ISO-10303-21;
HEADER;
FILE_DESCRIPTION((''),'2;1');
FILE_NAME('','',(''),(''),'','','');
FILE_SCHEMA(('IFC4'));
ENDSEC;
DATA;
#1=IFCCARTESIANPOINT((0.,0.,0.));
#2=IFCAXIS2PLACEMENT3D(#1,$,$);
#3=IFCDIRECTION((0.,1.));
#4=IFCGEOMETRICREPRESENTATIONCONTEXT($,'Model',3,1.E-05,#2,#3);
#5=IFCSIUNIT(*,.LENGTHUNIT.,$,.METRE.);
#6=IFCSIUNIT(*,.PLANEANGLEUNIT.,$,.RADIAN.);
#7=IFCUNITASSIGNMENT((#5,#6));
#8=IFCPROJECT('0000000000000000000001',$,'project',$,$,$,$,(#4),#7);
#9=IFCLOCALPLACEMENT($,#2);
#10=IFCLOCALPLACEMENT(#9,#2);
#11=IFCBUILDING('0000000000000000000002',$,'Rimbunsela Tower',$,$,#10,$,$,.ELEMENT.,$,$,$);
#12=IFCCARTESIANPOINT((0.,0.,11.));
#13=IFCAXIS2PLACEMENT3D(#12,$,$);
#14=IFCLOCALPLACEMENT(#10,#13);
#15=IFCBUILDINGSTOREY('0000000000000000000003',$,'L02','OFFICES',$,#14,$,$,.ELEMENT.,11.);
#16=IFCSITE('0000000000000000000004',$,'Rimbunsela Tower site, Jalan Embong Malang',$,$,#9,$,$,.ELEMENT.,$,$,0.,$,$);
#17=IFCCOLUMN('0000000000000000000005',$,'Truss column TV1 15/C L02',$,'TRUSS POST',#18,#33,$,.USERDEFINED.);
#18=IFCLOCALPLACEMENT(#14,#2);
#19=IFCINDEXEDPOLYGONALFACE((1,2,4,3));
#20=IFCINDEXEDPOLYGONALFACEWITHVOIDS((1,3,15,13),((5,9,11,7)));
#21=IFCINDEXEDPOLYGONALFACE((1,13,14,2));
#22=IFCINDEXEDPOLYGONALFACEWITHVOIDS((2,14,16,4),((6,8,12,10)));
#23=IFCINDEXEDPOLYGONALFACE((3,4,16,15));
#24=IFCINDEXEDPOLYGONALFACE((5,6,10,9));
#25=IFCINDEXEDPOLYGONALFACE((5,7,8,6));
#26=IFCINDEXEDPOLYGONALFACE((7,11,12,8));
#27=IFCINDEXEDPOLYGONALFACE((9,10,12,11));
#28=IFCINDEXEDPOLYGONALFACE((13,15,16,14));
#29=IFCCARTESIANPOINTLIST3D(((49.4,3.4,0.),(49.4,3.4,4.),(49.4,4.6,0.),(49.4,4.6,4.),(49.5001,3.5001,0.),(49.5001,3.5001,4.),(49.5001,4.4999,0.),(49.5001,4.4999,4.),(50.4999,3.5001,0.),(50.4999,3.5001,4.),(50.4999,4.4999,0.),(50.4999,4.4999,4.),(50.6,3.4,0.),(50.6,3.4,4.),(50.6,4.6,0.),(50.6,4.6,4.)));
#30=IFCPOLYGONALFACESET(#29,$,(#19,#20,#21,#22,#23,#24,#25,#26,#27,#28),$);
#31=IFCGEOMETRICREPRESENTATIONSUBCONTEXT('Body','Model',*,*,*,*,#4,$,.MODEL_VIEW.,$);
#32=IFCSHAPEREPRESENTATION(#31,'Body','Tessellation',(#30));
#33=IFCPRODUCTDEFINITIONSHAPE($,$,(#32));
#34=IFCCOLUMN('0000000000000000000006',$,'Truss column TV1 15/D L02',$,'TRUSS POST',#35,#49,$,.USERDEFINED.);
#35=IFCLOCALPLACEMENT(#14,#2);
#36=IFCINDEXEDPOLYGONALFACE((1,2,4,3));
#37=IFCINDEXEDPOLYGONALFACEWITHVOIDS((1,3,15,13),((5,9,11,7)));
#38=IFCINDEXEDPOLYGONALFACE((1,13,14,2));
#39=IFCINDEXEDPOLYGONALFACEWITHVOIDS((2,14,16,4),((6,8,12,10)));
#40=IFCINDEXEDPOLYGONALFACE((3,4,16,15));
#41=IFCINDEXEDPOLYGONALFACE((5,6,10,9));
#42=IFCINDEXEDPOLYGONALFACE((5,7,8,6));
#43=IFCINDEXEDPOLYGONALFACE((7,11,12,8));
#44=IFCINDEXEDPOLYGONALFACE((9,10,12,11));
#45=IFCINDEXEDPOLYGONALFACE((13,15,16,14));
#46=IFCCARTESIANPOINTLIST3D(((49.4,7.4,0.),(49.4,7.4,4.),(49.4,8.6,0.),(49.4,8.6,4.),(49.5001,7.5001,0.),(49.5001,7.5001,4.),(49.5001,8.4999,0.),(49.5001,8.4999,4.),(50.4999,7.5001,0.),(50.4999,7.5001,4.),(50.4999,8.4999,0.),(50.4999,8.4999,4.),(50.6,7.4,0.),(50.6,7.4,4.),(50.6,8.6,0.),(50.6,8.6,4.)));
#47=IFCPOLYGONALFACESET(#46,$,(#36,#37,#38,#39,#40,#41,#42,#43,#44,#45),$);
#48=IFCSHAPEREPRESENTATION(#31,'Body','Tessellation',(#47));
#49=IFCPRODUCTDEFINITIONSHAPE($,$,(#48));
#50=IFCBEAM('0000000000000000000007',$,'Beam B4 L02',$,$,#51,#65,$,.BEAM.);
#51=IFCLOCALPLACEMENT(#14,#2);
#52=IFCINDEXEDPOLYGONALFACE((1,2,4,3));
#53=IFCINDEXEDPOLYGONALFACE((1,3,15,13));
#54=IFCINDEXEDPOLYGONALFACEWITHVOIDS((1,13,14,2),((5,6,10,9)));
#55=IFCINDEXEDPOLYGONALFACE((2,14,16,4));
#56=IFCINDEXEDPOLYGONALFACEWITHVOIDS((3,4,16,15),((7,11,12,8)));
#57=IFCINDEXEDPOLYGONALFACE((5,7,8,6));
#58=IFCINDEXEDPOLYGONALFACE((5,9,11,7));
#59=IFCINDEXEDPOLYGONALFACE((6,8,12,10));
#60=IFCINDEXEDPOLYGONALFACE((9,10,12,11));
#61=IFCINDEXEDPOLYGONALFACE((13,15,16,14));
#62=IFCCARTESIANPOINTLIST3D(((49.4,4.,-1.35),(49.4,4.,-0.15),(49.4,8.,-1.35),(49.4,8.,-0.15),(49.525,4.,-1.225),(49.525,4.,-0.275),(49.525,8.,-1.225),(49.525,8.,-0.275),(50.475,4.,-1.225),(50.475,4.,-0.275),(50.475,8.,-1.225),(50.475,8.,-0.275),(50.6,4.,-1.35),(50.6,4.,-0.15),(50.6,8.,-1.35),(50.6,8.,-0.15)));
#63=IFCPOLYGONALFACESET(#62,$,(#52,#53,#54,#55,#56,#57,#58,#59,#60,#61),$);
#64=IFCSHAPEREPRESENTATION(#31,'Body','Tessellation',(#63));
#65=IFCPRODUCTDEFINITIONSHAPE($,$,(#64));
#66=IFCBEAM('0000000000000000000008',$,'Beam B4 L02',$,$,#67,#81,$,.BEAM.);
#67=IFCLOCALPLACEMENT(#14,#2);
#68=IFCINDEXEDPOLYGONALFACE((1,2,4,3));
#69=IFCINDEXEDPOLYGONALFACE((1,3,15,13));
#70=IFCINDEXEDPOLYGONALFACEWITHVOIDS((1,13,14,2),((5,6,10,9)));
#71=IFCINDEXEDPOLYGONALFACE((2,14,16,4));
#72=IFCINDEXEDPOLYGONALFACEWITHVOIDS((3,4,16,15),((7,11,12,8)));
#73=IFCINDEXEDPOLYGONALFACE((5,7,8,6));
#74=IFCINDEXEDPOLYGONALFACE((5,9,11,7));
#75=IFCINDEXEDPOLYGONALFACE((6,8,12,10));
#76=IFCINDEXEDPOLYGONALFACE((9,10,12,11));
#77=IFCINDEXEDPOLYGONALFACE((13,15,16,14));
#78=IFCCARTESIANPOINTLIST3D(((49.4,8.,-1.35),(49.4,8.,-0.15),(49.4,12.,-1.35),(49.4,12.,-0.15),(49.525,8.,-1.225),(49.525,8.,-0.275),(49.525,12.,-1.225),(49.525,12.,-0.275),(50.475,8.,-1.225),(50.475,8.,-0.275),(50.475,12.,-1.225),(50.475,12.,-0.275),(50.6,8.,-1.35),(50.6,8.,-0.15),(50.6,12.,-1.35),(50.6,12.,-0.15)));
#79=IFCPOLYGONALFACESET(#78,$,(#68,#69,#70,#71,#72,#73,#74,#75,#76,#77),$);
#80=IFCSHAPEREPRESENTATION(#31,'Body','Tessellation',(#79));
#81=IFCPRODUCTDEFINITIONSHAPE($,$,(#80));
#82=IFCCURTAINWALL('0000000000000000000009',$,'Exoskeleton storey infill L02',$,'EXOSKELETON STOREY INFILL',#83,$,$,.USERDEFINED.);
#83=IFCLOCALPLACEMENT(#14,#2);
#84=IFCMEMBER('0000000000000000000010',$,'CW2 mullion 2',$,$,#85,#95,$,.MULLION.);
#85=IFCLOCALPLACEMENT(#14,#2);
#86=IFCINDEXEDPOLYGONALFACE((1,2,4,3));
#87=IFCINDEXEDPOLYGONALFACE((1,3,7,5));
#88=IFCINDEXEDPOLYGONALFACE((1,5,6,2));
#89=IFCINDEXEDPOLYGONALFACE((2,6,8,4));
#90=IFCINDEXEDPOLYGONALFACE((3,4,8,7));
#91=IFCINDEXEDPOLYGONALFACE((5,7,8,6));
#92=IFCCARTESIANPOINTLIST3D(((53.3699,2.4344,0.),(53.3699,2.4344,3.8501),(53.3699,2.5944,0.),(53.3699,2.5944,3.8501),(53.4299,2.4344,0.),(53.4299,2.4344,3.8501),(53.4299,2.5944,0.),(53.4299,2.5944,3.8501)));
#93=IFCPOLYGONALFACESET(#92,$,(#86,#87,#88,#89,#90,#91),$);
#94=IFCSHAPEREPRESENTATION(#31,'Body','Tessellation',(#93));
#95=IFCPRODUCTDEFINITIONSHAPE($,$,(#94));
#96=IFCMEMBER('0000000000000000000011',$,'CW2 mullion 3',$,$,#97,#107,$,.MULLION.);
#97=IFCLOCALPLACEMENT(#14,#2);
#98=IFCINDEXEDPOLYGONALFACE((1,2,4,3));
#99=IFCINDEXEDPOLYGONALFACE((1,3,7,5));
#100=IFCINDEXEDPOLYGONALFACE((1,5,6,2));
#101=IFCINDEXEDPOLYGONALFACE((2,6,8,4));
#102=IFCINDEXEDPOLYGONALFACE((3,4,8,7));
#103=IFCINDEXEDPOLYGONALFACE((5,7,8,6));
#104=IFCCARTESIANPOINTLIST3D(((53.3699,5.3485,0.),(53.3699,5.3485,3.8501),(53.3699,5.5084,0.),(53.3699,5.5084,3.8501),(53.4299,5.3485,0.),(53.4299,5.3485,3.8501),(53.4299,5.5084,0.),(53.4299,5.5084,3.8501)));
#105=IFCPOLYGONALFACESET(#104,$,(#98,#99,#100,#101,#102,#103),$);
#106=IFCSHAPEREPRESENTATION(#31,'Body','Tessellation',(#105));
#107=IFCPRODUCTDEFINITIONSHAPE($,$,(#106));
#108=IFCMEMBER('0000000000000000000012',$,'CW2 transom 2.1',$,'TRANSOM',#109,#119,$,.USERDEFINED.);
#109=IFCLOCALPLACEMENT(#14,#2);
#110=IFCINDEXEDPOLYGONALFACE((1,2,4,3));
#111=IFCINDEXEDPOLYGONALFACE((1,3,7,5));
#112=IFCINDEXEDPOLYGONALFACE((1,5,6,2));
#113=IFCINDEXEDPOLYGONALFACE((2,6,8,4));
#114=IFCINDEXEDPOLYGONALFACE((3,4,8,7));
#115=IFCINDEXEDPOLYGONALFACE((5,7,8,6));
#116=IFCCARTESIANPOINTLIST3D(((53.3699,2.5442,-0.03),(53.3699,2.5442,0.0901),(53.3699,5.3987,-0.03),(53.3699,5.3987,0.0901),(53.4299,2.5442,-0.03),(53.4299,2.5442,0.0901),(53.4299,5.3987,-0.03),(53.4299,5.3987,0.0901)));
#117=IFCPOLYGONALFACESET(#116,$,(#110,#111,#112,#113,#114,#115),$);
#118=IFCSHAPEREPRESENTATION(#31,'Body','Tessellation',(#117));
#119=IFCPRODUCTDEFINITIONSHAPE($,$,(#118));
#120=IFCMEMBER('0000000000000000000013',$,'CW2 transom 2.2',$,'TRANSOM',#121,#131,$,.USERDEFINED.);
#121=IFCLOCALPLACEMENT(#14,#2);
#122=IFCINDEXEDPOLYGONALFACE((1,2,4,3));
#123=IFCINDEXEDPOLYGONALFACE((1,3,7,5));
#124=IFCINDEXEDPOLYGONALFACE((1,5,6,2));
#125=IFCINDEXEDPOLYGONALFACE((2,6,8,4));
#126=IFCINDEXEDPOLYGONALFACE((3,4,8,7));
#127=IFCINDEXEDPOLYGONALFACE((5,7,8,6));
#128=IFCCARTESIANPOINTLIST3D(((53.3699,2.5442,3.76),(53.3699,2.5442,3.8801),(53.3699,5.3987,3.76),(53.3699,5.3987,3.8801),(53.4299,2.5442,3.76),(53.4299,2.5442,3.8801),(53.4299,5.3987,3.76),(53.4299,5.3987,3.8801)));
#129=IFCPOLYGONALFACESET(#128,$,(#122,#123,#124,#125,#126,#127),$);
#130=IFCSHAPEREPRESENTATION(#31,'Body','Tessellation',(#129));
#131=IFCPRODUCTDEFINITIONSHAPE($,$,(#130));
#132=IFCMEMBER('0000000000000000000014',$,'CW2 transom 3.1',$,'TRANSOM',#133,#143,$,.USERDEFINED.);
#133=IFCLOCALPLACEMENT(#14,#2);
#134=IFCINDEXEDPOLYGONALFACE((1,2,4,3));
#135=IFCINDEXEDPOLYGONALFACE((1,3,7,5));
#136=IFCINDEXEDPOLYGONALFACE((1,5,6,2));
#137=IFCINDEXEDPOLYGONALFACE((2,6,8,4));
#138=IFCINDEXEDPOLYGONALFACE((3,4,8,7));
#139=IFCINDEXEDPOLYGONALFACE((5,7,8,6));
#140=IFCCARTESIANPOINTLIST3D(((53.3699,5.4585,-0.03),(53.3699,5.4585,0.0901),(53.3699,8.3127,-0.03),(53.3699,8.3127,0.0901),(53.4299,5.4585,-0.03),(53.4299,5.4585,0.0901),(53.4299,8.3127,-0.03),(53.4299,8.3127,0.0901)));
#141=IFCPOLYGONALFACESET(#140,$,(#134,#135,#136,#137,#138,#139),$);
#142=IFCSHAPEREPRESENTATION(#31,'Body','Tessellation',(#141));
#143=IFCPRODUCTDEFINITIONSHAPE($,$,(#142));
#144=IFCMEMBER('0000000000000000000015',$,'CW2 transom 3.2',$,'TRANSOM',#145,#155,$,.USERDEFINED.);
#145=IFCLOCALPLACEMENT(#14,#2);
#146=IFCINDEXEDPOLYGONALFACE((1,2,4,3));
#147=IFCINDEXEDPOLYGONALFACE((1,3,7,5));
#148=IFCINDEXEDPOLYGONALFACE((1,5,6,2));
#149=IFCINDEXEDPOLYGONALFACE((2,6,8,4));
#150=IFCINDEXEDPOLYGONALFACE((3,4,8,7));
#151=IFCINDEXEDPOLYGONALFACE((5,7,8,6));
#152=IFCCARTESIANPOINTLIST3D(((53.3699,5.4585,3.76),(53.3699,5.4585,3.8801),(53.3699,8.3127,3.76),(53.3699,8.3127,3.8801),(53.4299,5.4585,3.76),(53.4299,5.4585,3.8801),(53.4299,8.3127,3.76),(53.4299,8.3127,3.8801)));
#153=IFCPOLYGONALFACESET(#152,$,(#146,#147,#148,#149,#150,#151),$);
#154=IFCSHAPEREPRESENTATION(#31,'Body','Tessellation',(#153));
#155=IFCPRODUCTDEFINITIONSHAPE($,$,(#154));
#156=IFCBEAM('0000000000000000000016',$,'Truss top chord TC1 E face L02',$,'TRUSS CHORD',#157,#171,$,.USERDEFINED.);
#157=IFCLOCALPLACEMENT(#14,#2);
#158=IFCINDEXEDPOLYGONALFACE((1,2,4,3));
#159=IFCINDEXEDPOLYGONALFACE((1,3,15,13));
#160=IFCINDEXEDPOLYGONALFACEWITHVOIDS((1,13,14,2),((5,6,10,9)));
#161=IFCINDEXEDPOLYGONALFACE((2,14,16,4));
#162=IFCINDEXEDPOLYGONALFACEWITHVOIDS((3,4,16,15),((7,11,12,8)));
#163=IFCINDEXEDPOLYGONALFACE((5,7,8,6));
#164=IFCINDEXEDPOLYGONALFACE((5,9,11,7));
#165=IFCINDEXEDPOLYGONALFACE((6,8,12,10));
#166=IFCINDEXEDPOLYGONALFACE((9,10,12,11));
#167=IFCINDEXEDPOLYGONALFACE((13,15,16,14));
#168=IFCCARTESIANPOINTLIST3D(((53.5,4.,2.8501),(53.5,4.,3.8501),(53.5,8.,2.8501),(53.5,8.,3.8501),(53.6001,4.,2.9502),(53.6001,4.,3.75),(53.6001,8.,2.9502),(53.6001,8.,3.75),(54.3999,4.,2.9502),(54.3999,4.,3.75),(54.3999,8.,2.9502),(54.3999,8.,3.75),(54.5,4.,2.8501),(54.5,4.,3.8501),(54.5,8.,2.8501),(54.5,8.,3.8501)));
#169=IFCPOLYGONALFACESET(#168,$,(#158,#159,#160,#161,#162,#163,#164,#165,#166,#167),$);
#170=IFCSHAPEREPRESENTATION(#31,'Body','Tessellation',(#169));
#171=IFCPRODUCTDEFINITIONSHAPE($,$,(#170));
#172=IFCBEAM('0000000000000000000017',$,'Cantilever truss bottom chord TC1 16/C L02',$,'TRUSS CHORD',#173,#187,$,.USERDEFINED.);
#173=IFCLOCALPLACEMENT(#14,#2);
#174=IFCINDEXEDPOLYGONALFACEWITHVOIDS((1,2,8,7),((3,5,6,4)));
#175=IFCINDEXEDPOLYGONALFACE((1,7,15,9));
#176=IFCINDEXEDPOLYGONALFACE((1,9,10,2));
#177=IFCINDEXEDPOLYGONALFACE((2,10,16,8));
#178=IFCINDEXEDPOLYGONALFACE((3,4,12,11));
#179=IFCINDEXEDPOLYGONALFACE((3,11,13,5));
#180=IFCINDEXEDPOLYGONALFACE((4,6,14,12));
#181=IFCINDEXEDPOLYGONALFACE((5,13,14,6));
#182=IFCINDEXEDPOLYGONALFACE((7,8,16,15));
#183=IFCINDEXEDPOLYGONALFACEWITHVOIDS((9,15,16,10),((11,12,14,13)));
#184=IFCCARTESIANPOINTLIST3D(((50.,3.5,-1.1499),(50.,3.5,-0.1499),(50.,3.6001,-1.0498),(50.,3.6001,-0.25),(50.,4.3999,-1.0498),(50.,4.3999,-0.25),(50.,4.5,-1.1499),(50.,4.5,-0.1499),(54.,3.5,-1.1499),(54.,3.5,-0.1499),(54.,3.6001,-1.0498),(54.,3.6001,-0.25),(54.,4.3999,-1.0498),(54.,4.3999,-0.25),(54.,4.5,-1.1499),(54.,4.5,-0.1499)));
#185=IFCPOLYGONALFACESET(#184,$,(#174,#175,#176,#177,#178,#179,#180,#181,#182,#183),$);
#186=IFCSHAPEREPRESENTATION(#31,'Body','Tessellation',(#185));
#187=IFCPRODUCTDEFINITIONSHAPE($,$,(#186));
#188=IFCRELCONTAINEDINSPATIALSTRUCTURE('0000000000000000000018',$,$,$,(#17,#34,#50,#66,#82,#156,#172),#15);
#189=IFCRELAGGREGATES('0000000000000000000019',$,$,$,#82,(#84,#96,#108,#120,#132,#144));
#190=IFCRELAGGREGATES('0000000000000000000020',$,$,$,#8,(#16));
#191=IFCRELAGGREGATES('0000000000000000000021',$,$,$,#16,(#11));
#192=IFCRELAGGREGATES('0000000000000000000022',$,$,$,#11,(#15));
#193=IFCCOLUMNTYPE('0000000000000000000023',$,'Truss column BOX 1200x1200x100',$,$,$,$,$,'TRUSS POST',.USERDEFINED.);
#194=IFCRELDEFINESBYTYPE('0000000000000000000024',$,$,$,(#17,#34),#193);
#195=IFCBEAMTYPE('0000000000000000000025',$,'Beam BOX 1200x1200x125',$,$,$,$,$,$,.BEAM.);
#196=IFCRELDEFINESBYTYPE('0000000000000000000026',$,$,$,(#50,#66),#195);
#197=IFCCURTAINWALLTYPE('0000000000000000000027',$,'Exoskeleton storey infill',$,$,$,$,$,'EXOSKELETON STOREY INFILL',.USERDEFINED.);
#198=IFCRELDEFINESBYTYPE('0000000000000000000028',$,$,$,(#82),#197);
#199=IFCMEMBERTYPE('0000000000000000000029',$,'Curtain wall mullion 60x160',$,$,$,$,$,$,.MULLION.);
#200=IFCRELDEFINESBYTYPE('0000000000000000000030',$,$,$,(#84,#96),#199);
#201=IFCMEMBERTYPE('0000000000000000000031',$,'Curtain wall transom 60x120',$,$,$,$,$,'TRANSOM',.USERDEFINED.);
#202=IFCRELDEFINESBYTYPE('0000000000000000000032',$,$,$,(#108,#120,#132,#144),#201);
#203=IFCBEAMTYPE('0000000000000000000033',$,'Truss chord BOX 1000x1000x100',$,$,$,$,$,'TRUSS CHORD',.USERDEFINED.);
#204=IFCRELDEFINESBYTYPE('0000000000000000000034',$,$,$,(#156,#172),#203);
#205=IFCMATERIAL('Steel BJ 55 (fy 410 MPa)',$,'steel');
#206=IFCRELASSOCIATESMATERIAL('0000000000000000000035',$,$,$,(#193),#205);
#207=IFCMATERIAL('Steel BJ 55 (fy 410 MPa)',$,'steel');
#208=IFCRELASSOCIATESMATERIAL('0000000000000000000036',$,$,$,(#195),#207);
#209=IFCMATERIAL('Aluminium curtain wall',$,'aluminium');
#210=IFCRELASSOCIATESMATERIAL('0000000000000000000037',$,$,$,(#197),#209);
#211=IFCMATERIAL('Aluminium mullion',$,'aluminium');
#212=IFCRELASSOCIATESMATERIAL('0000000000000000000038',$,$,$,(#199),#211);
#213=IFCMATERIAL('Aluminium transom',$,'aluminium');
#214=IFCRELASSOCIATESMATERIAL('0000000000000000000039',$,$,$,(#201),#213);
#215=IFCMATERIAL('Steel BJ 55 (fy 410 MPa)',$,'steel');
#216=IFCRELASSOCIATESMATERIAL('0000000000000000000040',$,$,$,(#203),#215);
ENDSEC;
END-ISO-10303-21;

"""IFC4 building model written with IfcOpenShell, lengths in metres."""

from ifc_helpers import new_model, si_unit, direction, frame, origin, origin_2d, place, context, subcontext, project, spatial, rectangle, hollow_rectangle, extrude, material, material_profile, profile_set, type_object, element, aggregate, save


model = new_model("IFC4")

# Units and contexts
model_context = context("Model", 3, precision=1e-05, world=origin(), true_north=direction((0.0, 1.0)))
body_context = subcontext(model_context, "Body", "Model", "MODEL_VIEW")
ifc_project = project(units=[si_unit("LENGTHUNIT", "METRE"), si_unit("PLANEANGLEUNIT", "RADIAN")], contexts=[model_context])

# Site, building, storey
site_placement = place(None, origin())
site = spatial("IfcSite", under=ifc_project, at=site_placement, Name="Rimbunsela Tower site, Jalan Embong Malang", CompositionType="ELEMENT", RefElevation=0.0)
building_placement = place(site_placement, origin())
building = spatial("IfcBuilding", under=site, at=building_placement, Name="Rimbunsela Tower", CompositionType="ELEMENT")
storey_placement = place(building_placement, frame((0.0, 0.0, 11.0)))
storey = spatial("IfcBuildingStorey", under=building, at=storey_placement, Name="L02", Description="OFFICES", CompositionType="ELEMENT", Elevation=11.0)

# Columns
ifc_material_1 = material(Name="Steel BJ 55 (fy 410 MPa)", Category="steel")
ifc_material_profile_1 = material_profile(ifc_material_1, hollow_rectangle(XDim=1.2, YDim=1.2, WallThickness=0.1001, at=origin_2d()), Name="BOX 1200x1200x100")
ifc_profile_set_1 = profile_set([ifc_material_profile_1], Name="Steel BJ 55 (fy 410 MPa)")
column_type = type_object("IfcColumnType", Name="Truss column BOX 1200x1200x100", ElementType="TRUSS POST", PredefinedType="USERDEFINED", material=ifc_profile_set_1)
for number, where, z_axis, x_axis, name in (
    (1, (50.0, 4.0, 0.0), (0.0, 0.0, 1.0), (1.0, 0.0, 0.0), "Truss column TV1 15/C L02"),
    (2, (50.0, 8.0, 0.0), (0.0, 0.0, 1.0), (1.0, 0.0, 0.0), "Truss column TV1 15/D L02"),
):
    element("IfcColumn", number, at=place(storey_placement, frame(where, z_axis=z_axis, x_axis=x_axis)), inside=storey, type_object=column_type, Name=name, ObjectType="TRUSS POST", PredefinedType="USERDEFINED", context=body_context, shape_type="SweptSolid", body=[
        extrude(hollow_rectangle(XDim=1.2, YDim=1.2, WallThickness=0.1001, at=origin_2d()), origin(), (0.0, 0.0, 1.0), 4.0),
    ])

# Beams
ifc_material_2 = material(Name="Steel BJ 55 (fy 410 MPa)", Category="steel")
ifc_material_profile_2 = material_profile(ifc_material_2, hollow_rectangle(XDim=1.2, YDim=1.2, WallThickness=0.125, at=origin_2d()), Name="BOX 1200x1200x125")
ifc_profile_set_2 = profile_set([ifc_material_profile_2], Name="Steel BJ 55 (fy 410 MPa)")
beam_type_1 = type_object("IfcBeamType", Name="Beam BOX 1200x1200x125", PredefinedType="BEAM", material=ifc_profile_set_2)
for number, where, z_axis, x_axis, name in (
    (3, (50.0, 4.0, -0.75), (0.0, 1.0, 0.0), (-1.0, 0.0, 0.0), "Beam B4 L02"),
    (4, (50.0, 8.0, -0.75), (0.0, 1.0, 0.0), (-1.0, 0.0, 0.0), "Beam B4 L02"),
):
    element("IfcBeam", number, at=place(storey_placement, frame(where, z_axis=z_axis, x_axis=x_axis)), inside=storey, type_object=beam_type_1, Name=name, PredefinedType="BEAM", context=body_context, shape_type="SweptSolid", body=[
        extrude(hollow_rectangle(XDim=1.2, YDim=1.2, WallThickness=0.125, at=origin_2d()), origin(), (0.0, 0.0, 1.0), 4.0),
    ])

# Curtain wall, members
ifc_material_3 = material(Name="Aluminium curtain wall", Category="aluminium")
curtain_wall_type = type_object("IfcCurtainWallType", Name="Exoskeleton storey infill", ElementType="EXOSKELETON STOREY INFILL", PredefinedType="USERDEFINED", material=ifc_material_3)
curtain_wall_placement = place(storey_placement, origin())
curtain_wall = element("IfcCurtainWall", 5, at=curtain_wall_placement, inside=storey, type_object=curtain_wall_type, Name="Exoskeleton storey infill L02", ObjectType="EXOSKELETON STOREY INFILL", PredefinedType="USERDEFINED")
ifc_material_4 = material(Name="Aluminium mullion", Category="aluminium")
ifc_material_profile_3 = material_profile(ifc_material_4, rectangle(XDim=0.0601, YDim=0.1599, at=origin_2d()), Name="Mullion 60x160")
ifc_profile_set_3 = profile_set([ifc_material_profile_3], Name="Aluminium mullion")
member_type_1 = type_object("IfcMemberType", Name="Curtain wall mullion 60x160", PredefinedType="MULLION", material=ifc_profile_set_3)
member_1_placement = place(storey_placement, frame((53.3999, 2.5144, 0.0), z_axis=(0.0, 0.0, 1.0), x_axis=(-1.0, 0.0, 0.0)))
member_1 = element("IfcMember", 6, at=member_1_placement, type_object=member_type_1, Name="CW2 mullion 2", PredefinedType="MULLION", context=body_context, shape_type="SweptSolid", body=[
    extrude(rectangle(XDim=0.0601, YDim=0.1599, at=origin_2d()), origin(), (0.0, 0.0, 1.0), 3.8501),
])
member_2_placement = place(storey_placement, frame((53.3999, 5.4285, 0.0), z_axis=(0.0, 0.0, 1.0), x_axis=(-1.0, 0.0, 0.0)))
member_2 = element("IfcMember", 7, at=member_2_placement, type_object=member_type_1, Name="CW2 mullion 3", PredefinedType="MULLION", context=body_context, shape_type="SweptSolid", body=[
    extrude(rectangle(XDim=0.0601, YDim=0.1599, at=origin_2d()), origin(), (0.0, 0.0, 1.0), 3.8501),
])
ifc_material_5 = material(Name="Aluminium transom", Category="aluminium")
ifc_material_profile_4 = material_profile(ifc_material_5, rectangle(XDim=0.0601, YDim=0.1201, at=origin_2d()), Name="Transom 60x120")
ifc_profile_set_4 = profile_set([ifc_material_profile_4], Name="Aluminium transom")
member_type_2 = type_object("IfcMemberType", Name="Curtain wall transom 60x120", ElementType="TRANSOM", PredefinedType="USERDEFINED", material=ifc_profile_set_4)
member_3_placement = place(storey_placement, frame((53.3999, 2.5442, 0.03), z_axis=(0.0, 1.0, 0.0), x_axis=(-1.0, 0.0, 0.0)))
member_3 = element("IfcMember", 8, at=member_3_placement, type_object=member_type_2, Name="CW2 transom 2.1", ObjectType="TRANSOM", PredefinedType="USERDEFINED", context=body_context, shape_type="SweptSolid", body=[
    extrude(rectangle(XDim=0.0601, YDim=0.1201, at=origin_2d()), origin(), (0.0, 0.0, 1.0), 2.8545),
])
member_4_placement = place(storey_placement, frame((53.3999, 2.5442, 3.8201), z_axis=(0.0, 1.0, 0.0), x_axis=(-1.0, 0.0, 0.0)))
member_4 = element("IfcMember", 9, at=member_4_placement, type_object=member_type_2, Name="CW2 transom 2.2", ObjectType="TRANSOM", PredefinedType="USERDEFINED", context=body_context, shape_type="SweptSolid", body=[
    extrude(rectangle(XDim=0.0601, YDim=0.1201, at=origin_2d()), origin(), (0.0, 0.0, 1.0), 2.8545),
])
member_5_placement = place(storey_placement, frame((53.3999, 5.4585, 0.03), z_axis=(0.0, 1.0, 0.0), x_axis=(-1.0, 0.0, 0.0)))
member_5 = element("IfcMember", 10, at=member_5_placement, type_object=member_type_2, Name="CW2 transom 3.1", ObjectType="TRANSOM", PredefinedType="USERDEFINED", context=body_context, shape_type="SweptSolid", body=[
    extrude(rectangle(XDim=0.0601, YDim=0.1201, at=origin_2d()), origin(), (0.0, 0.0, 1.0), 2.8542),
])
member_6_placement = place(storey_placement, frame((53.3999, 5.4585, 3.8201), z_axis=(0.0, 1.0, 0.0), x_axis=(-1.0, 0.0, 0.0)))
member_6 = element("IfcMember", 11, at=member_6_placement, type_object=member_type_2, Name="CW2 transom 3.2", ObjectType="TRANSOM", PredefinedType="USERDEFINED", context=body_context, shape_type="SweptSolid", body=[
    extrude(rectangle(XDim=0.0601, YDim=0.1201, at=origin_2d()), origin(), (0.0, 0.0, 1.0), 2.8542),
])

# Beams
ifc_material_6 = material(Name="Steel BJ 55 (fy 410 MPa)", Category="steel")
ifc_material_profile_5 = material_profile(ifc_material_6, hollow_rectangle(XDim=1.0, YDim=1.0, WallThickness=0.1001, at=origin_2d()), Name="BOX 1000x1000x100")
ifc_profile_set_5 = profile_set([ifc_material_profile_5], Name="Steel BJ 55 (fy 410 MPa)")
beam_type_2 = type_object("IfcBeamType", Name="Truss chord BOX 1000x1000x100", ElementType="TRUSS CHORD", PredefinedType="USERDEFINED", material=ifc_profile_set_5)
for number, where, z_axis, x_axis, name in (
    (12, (54.0, 4.0, 3.3501), (0.0, 1.0, 0.0), (-1.0, 0.0, 0.0), "Truss top chord TC1 E face L02"),
    (13, (50.0, 4.0, -0.6499), (1.0, 0.0, 0.0), (0.0, 1.0, 0.0), "Cantilever truss bottom chord TC1 16/C L02"),
):
    element("IfcBeam", number, at=place(storey_placement, frame(where, z_axis=z_axis, x_axis=x_axis)), inside=storey, type_object=beam_type_2, Name=name, ObjectType="TRUSS CHORD", PredefinedType="USERDEFINED", context=body_context, shape_type="SweptSolid", body=[
        extrude(hollow_rectangle(XDim=1.0, YDim=1.0, WallThickness=0.1001, at=origin_2d()), origin(), (0.0, 0.0, 1.0), 4.0),
    ])

aggregate(curtain_wall, [member_1, member_2, member_3, member_4, member_5, member_6])

save(model, "model.ifc")
